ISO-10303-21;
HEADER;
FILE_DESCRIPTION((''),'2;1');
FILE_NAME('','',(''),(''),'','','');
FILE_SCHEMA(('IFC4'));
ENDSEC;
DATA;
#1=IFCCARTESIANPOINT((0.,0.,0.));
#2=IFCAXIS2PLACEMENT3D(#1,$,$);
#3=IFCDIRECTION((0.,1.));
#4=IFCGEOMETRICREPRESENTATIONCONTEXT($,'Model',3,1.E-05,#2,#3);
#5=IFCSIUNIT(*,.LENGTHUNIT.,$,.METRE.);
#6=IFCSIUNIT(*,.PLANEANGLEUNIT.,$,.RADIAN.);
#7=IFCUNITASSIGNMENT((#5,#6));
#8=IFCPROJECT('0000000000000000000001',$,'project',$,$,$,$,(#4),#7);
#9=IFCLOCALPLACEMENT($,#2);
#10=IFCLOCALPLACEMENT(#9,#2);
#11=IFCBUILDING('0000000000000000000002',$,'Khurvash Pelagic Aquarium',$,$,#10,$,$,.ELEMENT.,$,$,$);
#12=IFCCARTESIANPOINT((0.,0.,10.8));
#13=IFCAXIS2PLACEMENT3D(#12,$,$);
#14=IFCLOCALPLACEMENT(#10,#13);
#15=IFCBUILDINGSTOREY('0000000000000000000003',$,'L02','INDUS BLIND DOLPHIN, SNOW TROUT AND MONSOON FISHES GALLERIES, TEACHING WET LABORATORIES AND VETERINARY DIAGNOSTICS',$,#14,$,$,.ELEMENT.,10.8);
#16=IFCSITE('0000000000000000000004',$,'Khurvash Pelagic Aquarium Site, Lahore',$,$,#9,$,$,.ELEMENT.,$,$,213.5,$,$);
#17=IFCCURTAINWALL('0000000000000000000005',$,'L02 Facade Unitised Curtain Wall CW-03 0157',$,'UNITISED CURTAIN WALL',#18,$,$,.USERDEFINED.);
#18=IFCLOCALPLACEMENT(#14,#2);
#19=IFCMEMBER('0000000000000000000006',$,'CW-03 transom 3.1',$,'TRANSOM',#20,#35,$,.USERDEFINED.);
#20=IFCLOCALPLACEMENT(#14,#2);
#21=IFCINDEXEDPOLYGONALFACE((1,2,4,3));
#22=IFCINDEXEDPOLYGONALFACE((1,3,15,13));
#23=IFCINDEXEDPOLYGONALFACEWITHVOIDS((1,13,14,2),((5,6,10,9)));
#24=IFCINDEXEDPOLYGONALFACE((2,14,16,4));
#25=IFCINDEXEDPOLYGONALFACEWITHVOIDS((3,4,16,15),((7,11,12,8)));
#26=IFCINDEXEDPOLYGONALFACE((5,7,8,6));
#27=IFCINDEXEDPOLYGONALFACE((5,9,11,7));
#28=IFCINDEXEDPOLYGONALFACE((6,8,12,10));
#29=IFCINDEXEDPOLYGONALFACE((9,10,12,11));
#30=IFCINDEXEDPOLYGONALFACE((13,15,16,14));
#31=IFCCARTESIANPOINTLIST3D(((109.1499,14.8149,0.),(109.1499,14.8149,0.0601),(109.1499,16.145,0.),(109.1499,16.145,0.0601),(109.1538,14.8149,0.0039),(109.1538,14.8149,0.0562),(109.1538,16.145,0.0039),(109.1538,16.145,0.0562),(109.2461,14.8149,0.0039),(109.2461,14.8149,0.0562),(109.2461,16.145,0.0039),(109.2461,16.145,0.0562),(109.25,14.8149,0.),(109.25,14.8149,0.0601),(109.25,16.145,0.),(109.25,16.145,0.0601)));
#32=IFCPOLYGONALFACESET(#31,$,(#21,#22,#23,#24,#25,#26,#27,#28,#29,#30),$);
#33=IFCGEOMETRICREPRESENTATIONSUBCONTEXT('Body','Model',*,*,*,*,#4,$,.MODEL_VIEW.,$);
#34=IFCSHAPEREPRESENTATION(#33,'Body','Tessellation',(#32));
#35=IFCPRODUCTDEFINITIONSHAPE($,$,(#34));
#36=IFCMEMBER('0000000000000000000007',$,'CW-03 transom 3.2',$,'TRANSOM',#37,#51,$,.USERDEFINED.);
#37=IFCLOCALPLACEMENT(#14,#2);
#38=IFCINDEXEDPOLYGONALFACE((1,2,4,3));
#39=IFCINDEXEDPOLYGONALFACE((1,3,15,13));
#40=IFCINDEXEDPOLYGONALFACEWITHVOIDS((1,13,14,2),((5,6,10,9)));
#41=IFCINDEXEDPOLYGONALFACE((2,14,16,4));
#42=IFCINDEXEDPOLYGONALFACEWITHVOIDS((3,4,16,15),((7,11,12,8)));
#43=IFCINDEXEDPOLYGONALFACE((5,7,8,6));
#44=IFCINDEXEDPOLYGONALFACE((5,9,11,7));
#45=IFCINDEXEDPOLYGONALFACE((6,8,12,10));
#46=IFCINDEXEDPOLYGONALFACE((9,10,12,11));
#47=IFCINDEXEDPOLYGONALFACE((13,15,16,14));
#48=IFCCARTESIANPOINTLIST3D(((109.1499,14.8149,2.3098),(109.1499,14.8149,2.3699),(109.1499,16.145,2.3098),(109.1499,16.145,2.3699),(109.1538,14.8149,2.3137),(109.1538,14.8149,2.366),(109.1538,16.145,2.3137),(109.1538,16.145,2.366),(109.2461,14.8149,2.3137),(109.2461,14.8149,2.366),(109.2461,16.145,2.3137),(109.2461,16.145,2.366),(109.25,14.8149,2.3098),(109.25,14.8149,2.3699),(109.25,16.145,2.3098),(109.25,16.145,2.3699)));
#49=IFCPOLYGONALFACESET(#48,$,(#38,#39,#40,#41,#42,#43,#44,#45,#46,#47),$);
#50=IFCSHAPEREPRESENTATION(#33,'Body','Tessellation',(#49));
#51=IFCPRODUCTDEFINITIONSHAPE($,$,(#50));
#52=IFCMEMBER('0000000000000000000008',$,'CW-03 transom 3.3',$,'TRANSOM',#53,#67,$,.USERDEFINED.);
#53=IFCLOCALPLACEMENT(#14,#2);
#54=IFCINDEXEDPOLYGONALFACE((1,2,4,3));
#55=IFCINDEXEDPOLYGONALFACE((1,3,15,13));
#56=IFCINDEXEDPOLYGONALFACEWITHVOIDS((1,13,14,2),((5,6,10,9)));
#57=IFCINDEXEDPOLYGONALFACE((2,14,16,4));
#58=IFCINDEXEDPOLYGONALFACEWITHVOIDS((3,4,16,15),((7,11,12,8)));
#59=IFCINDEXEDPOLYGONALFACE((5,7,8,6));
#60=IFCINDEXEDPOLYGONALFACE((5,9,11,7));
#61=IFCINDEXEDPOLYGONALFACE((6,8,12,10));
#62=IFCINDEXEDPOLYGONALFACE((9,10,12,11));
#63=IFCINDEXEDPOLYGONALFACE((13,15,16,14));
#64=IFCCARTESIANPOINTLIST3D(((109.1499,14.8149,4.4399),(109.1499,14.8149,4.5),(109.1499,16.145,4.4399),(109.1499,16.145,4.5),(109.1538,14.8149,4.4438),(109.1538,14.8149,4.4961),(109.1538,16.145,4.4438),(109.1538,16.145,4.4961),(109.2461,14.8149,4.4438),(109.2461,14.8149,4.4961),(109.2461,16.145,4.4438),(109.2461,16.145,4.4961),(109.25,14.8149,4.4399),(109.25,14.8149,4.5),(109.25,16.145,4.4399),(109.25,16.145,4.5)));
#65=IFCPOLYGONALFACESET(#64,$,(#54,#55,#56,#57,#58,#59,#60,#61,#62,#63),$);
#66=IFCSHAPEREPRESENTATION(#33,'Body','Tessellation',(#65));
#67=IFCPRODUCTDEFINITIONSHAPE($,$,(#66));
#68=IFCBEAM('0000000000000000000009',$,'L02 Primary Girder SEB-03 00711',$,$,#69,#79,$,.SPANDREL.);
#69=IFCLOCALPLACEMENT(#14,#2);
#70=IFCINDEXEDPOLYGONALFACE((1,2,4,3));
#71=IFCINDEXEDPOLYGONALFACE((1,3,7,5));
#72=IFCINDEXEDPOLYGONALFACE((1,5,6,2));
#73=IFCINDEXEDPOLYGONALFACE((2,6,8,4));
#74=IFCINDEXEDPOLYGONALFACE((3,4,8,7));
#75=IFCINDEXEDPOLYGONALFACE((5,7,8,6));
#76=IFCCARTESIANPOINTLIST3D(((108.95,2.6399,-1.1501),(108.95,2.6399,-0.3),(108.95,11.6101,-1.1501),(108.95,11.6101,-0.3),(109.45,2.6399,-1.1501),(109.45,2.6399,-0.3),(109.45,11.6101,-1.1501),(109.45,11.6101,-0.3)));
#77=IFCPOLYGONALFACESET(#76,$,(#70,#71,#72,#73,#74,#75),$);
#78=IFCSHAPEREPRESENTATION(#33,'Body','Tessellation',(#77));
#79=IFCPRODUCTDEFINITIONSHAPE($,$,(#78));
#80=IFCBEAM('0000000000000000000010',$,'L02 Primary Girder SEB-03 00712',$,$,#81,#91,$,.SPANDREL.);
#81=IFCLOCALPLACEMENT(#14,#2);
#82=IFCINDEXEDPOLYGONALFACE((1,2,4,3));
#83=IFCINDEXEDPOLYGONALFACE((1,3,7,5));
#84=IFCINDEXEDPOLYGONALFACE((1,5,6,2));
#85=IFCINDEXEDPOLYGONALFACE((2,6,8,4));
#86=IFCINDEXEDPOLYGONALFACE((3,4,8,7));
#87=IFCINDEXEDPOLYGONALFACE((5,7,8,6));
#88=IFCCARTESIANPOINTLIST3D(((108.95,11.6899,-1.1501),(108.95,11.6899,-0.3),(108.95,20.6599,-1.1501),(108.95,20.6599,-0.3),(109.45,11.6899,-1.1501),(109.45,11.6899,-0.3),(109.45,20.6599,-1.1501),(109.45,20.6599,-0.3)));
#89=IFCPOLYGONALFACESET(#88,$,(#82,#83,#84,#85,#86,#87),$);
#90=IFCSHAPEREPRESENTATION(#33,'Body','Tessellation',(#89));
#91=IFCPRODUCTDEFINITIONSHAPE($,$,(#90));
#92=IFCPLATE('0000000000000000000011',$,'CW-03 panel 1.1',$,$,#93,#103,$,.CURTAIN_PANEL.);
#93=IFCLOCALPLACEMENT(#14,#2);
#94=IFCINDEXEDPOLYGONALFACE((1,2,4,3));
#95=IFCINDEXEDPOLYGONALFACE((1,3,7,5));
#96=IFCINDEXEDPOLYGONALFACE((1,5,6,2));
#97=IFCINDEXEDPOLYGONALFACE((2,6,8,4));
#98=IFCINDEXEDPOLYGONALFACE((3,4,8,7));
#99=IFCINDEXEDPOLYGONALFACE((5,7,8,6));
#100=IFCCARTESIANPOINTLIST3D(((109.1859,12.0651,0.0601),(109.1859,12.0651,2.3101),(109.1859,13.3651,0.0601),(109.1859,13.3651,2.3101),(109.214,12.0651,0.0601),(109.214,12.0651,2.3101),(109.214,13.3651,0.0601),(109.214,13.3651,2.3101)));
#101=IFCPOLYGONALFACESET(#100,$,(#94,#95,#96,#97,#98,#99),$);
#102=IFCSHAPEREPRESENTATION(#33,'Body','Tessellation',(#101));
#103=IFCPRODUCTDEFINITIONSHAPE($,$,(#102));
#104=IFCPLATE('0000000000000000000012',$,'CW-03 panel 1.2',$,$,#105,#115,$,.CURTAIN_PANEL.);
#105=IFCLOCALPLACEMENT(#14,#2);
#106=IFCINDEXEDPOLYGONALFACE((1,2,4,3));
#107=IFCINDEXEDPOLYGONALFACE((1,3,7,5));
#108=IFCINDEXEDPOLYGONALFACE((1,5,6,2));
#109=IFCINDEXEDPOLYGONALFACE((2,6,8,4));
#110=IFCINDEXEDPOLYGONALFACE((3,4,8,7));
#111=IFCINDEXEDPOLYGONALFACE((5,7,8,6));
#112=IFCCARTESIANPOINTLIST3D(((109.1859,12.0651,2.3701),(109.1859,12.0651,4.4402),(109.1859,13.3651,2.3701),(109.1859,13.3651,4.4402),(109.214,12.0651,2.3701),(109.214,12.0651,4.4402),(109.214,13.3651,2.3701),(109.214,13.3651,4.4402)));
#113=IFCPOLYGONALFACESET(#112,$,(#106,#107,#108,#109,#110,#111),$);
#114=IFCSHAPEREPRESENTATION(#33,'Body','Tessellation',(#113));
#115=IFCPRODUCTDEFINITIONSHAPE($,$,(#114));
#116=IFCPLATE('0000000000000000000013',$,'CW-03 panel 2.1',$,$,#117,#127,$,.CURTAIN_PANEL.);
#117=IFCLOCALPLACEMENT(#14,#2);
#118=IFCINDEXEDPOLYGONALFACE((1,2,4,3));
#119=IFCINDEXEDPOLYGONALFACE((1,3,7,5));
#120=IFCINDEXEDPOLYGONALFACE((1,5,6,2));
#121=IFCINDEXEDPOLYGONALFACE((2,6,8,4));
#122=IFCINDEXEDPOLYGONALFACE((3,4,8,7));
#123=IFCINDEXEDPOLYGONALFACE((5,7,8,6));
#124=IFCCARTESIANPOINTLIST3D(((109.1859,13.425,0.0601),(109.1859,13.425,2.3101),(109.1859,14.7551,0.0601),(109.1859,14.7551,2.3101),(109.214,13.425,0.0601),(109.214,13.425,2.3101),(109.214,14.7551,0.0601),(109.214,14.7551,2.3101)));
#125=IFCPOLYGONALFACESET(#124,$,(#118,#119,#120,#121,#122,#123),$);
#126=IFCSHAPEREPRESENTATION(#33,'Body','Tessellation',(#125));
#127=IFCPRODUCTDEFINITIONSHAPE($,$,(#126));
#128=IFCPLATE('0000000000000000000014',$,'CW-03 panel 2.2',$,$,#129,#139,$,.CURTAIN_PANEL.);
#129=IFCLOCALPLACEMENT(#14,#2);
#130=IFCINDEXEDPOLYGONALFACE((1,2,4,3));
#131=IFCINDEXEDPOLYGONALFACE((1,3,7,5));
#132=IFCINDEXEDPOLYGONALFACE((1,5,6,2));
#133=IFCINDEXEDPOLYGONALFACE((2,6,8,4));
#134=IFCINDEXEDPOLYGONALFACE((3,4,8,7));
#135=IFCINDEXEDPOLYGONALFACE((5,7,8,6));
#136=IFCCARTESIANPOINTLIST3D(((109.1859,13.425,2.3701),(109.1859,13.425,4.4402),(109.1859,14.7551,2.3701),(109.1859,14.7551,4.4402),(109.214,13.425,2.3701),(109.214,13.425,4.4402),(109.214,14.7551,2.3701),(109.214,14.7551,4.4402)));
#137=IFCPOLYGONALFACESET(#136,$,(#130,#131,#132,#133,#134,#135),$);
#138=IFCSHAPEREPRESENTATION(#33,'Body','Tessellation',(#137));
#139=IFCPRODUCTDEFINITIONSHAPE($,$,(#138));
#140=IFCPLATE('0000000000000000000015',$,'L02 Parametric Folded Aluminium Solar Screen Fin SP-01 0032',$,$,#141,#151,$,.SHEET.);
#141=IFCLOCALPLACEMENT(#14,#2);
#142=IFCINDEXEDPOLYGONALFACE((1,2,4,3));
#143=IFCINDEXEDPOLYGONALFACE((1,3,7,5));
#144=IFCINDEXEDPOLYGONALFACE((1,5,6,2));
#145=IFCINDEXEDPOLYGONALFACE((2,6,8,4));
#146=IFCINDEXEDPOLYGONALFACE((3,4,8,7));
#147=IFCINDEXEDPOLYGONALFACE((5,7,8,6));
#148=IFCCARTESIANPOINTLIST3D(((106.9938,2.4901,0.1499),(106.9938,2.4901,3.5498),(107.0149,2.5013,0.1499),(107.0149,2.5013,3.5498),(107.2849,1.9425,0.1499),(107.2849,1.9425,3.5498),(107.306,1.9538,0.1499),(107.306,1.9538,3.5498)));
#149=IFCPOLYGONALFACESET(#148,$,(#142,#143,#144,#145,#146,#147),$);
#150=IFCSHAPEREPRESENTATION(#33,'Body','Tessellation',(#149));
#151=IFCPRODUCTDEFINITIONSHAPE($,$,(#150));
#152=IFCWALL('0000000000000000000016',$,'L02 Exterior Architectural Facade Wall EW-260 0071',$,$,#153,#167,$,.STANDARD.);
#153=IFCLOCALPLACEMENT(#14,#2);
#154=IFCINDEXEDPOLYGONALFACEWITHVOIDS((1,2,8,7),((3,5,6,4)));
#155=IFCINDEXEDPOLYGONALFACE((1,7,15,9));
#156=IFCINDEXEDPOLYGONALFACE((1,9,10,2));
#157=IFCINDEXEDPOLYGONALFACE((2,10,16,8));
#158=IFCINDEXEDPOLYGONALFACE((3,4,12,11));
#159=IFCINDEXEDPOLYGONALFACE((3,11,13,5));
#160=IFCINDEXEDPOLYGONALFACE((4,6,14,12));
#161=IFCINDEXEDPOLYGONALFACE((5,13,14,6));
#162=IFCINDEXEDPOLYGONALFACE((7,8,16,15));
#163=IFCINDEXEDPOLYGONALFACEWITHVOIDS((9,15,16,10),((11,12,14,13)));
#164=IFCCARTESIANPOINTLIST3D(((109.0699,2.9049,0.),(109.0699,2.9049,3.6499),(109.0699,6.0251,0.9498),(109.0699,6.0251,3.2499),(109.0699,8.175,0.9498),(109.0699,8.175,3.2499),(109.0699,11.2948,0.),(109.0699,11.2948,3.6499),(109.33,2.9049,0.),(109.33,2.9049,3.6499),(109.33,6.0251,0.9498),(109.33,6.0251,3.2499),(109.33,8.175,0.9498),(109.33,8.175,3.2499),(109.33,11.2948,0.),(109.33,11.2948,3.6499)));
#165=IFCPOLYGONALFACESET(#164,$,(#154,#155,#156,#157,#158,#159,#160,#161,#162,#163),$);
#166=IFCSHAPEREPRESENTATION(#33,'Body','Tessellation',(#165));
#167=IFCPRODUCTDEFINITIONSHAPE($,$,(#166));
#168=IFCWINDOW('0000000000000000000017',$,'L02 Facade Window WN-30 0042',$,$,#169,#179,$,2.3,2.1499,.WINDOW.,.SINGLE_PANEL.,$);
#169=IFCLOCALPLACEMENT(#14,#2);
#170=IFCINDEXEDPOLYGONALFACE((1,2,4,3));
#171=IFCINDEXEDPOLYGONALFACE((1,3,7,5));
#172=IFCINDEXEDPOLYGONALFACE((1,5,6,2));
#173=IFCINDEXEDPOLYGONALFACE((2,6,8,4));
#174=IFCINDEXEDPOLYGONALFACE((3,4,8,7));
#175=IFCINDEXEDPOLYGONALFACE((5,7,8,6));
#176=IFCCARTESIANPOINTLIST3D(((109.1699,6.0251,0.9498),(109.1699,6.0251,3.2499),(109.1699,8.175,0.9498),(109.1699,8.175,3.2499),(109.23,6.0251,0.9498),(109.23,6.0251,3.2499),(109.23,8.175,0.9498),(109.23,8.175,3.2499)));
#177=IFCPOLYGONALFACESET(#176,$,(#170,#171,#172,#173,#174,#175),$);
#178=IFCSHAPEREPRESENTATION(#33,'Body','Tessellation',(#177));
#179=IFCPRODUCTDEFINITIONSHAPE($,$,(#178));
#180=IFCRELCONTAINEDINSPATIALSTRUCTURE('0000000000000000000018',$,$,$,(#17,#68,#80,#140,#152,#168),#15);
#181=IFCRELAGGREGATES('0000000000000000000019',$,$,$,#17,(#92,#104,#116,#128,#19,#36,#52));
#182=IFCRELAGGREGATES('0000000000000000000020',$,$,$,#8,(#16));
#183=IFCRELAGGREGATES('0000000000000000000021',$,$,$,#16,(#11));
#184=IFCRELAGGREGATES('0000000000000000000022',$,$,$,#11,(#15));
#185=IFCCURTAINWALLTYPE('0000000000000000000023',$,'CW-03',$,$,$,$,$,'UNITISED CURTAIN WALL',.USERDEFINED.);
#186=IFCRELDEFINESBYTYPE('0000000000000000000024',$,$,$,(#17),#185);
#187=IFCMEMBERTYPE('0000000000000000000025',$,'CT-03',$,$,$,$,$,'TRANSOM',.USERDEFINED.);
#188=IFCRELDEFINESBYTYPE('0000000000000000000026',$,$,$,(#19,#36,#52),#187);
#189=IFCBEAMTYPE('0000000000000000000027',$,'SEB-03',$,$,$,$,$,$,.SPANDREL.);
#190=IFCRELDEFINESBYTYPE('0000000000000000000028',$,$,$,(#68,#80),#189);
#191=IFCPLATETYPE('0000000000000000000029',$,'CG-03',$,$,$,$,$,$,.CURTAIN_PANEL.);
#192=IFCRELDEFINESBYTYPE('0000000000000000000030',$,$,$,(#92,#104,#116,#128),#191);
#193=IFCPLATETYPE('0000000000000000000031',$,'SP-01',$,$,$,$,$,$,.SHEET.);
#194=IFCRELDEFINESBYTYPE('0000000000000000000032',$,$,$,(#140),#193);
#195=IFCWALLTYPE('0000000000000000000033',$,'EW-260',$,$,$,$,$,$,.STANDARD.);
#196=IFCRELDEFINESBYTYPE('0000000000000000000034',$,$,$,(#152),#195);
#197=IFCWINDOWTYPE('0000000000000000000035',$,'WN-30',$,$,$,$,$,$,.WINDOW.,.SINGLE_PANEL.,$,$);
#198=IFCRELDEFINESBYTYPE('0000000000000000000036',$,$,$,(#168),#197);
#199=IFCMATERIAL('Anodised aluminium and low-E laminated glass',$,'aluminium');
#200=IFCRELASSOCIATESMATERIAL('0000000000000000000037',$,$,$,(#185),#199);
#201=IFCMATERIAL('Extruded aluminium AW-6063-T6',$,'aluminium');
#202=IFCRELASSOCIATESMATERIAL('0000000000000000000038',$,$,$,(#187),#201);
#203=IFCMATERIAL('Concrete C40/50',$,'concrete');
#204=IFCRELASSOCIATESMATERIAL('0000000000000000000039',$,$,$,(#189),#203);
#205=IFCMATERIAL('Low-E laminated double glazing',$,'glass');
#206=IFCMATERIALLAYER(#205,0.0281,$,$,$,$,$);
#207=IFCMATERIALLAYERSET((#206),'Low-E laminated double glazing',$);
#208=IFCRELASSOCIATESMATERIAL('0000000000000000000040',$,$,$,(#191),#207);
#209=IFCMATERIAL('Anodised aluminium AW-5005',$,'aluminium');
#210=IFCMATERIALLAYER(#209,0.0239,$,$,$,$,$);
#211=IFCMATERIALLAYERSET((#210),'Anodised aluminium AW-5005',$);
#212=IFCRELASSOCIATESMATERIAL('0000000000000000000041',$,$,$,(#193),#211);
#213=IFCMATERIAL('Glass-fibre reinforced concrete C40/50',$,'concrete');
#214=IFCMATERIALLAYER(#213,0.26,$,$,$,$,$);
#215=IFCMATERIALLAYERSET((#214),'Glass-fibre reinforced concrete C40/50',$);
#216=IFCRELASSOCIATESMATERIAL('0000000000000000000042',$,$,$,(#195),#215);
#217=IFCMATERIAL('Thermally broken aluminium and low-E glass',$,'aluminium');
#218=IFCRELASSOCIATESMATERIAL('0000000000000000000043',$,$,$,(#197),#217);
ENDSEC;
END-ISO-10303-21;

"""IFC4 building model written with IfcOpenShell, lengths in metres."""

from ifc_helpers import new_model, si_unit, direction, frame, frame_2d, origin, origin_2d, place, context, subcontext, project, spatial, rectangle, hollow_rectangle, extrude, material, layer, layer_set, material_profile, profile_set, type_object, element, fill, aggregate, save


model = new_model("IFC4")

# Units and contexts
model_context = context("Model", 3, precision=1e-05, world=origin(), true_north=direction((0.0, 1.0)))
body_context = subcontext(model_context, "Body", "Model", "MODEL_VIEW")
ifc_project = project(units=[si_unit("LENGTHUNIT", "METRE"), si_unit("PLANEANGLEUNIT", "RADIAN")], contexts=[model_context])

# Site, building, storey
site_placement = place(None, origin())
site = spatial("IfcSite", under=ifc_project, at=site_placement, Name="Khurvash Pelagic Aquarium Site, Lahore", CompositionType="ELEMENT", RefElevation=213.5)
building_placement = place(site_placement, origin())
building = spatial("IfcBuilding", under=site, at=building_placement, Name="Khurvash Pelagic Aquarium", CompositionType="ELEMENT")
storey_placement = place(building_placement, frame((0.0, 0.0, 10.8)))
storey = spatial("IfcBuildingStorey", under=building, at=storey_placement, Name="L02", Description="INDUS BLIND DOLPHIN, SNOW TROUT AND MONSOON FISHES GALLERIES, TEACHING WET LABORATORIES AND VETERINARY DIAGNOSTICS", CompositionType="ELEMENT", Elevation=10.8)

# Shared definitions
ifc_material_1 = material(Name="Concrete C40/50", Category="concrete")

# Curtain wall, members
ifc_material_2 = material(Name="Anodised aluminium and low-E laminated glass", Category="aluminium")
curtain_wall_type = type_object("IfcCurtainWallType", Name="CW-03", ElementType="UNITISED CURTAIN WALL", PredefinedType="USERDEFINED", material=ifc_material_2)
curtain_wall_placement = place(storey_placement, origin())
curtain_wall = element("IfcCurtainWall", 1, at=curtain_wall_placement, inside=storey, type_object=curtain_wall_type, Name="L02 Facade Unitised Curtain Wall CW-03 0157", ObjectType="UNITISED CURTAIN WALL", PredefinedType="USERDEFINED")
ifc_material_3 = material(Name="Extruded aluminium AW-6063-T6", Category="aluminium")
ifc_material_profile_1 = material_profile(ifc_material_3, hollow_rectangle(XDim=0.1001, YDim=0.0601, WallThickness=0.0039, at=origin_2d()), Name="CWT100X60X4")
ifc_profile_set_1 = profile_set([ifc_material_profile_1], Name="Extruded aluminium AW-6063-T6")
member_type_1 = type_object("IfcMemberType", Name="CT-03", ElementType="TRANSOM", PredefinedType="USERDEFINED", material=ifc_profile_set_1)
member_1_placement = place(storey_placement, frame((109.2, 14.8149, 0.03), z_axis=(0.0, 1.0, 0.0), x_axis=(-1.0, 0.0, 0.0)))
member_1 = element("IfcMember", 2, at=member_1_placement, type_object=member_type_1, Name="CW-03 transom 3.1", ObjectType="TRANSOM", PredefinedType="USERDEFINED", context=body_context, shape_type="SweptSolid", body=[
    extrude(hollow_rectangle(XDim=0.1001, YDim=0.0601, WallThickness=0.0039, at=origin_2d()), origin(), (0.0, 0.0, 1.0), 1.3301),
])
member_2_placement = place(storey_placement, frame((109.2, 14.8149, 2.3398), z_axis=(0.0, 1.0, 0.0), x_axis=(-1.0, 0.0, 0.0)))
member_2 = element("IfcMember", 3, at=member_2_placement, type_object=member_type_1, Name="CW-03 transom 3.2", ObjectType="TRANSOM", PredefinedType="USERDEFINED", context=body_context, shape_type="SweptSolid", body=[
    extrude(hollow_rectangle(XDim=0.1001, YDim=0.0601, WallThickness=0.0039, at=origin_2d()), origin(), (0.0, 0.0, 1.0), 1.3301),
])
member_3_placement = place(storey_placement, frame((109.2, 14.8149, 4.47), z_axis=(0.0, 1.0, 0.0), x_axis=(-1.0, 0.0, 0.0)))
member_3 = element("IfcMember", 4, at=member_3_placement, type_object=member_type_1, Name="CW-03 transom 3.3", ObjectType="TRANSOM", PredefinedType="USERDEFINED", context=body_context, shape_type="SweptSolid", body=[
    extrude(hollow_rectangle(XDim=0.1001, YDim=0.0601, WallThickness=0.0039, at=origin_2d()), origin(), (0.0, 0.0, 1.0), 1.3301),
])

# Beams
ifc_material_profile_2 = material_profile(ifc_material_1, rectangle(XDim=0.5, YDim=0.8501, at=origin_2d()), Name="RC500X850")
ifc_profile_set_2 = profile_set([ifc_material_profile_2], Name="Concrete C40/50")
beam_type = type_object("IfcBeamType", Name="SEB-03", PredefinedType="SPANDREL", material=ifc_profile_set_2)
beam_1_placement = place(storey_placement, frame((109.2, 2.6399, -0.7251), z_axis=(0.0, 1.0, 0.0), x_axis=(-1.0, 0.0, 0.0)))
element("IfcBeam", 5, at=beam_1_placement, inside=storey, type_object=beam_type, Name="L02 Primary Girder SEB-03 00711", PredefinedType="SPANDREL", context=body_context, shape_type="SweptSolid", body=[
    extrude(rectangle(XDim=0.5, YDim=0.8501, at=origin_2d()), origin(), (0.0, 0.0, 1.0), 8.9702),
])
beam_2_placement = place(storey_placement, frame((109.2, 11.6899, -0.7251), z_axis=(0.0, 1.0, 0.0), x_axis=(-1.0, 0.0, 0.0)))
element("IfcBeam", 6, at=beam_2_placement, inside=storey, type_object=beam_type, Name="L02 Primary Girder SEB-03 00712", PredefinedType="SPANDREL", context=body_context, shape_type="SweptSolid", body=[
    extrude(rectangle(XDim=0.5, YDim=0.8501, at=origin_2d()), origin(), (0.0, 0.0, 1.0), 8.97),
])

# Plates
ifc_material_4 = material(Name="Low-E laminated double glazing", Category="glass")
ifc_layer_1 = layer(ifc_material_4, 0.0281)
ifc_layer_set_1 = layer_set([ifc_layer_1], Name="Low-E laminated double glazing")
plate_type_1 = type_object("IfcPlateType", Name="CG-03", PredefinedType="CURTAIN_PANEL", material=ifc_layer_set_1)
plate_1_placement = place(storey_placement, frame((109.2, 12.7151, 0.0601), z_axis=(0.0, 0.0, 1.0), x_axis=(0.0, 1.0, 0.0)))
plate_1 = element("IfcPlate", 7, at=plate_1_placement, type_object=plate_type_1, Name="CW-03 panel 1.1", PredefinedType="CURTAIN_PANEL", context=body_context, shape_type="SweptSolid", body=[
    extrude(rectangle(XDim=1.3, YDim=0.0281, at=origin_2d()), origin(), (0.0, 0.0, 1.0), 2.25),
])
plate_2_placement = place(storey_placement, frame((109.2, 12.7151, 2.3701), z_axis=(0.0, 0.0, 1.0), x_axis=(0.0, 1.0, 0.0)))
plate_2 = element("IfcPlate", 8, at=plate_2_placement, type_object=plate_type_1, Name="CW-03 panel 1.2", PredefinedType="CURTAIN_PANEL", context=body_context, shape_type="SweptSolid", body=[
    extrude(rectangle(XDim=1.3, YDim=0.0281, at=origin_2d()), origin(), (0.0, 0.0, 1.0), 2.0701),
])
plate_3_placement = place(storey_placement, frame((109.2, 14.0901, 0.0601), z_axis=(0.0, 0.0, 1.0), x_axis=(0.0, 1.0, 0.0)))
plate_3 = element("IfcPlate", 9, at=plate_3_placement, type_object=plate_type_1, Name="CW-03 panel 2.1", PredefinedType="CURTAIN_PANEL", context=body_context, shape_type="SweptSolid", body=[
    extrude(rectangle(XDim=1.3301, YDim=0.0281, at=origin_2d()), origin(), (0.0, 0.0, 1.0), 2.25),
])
plate_4_placement = place(storey_placement, frame((109.2, 14.0901, 2.3701), z_axis=(0.0, 0.0, 1.0), x_axis=(0.0, 1.0, 0.0)))
plate_4 = element("IfcPlate", 10, at=plate_4_placement, type_object=plate_type_1, Name="CW-03 panel 2.2", PredefinedType="CURTAIN_PANEL", context=body_context, shape_type="SweptSolid", body=[
    extrude(rectangle(XDim=1.3301, YDim=0.0281, at=origin_2d()), origin(), (0.0, 0.0, 1.0), 2.0701),
])
aggregate(curtain_wall, [plate_1, plate_2, plate_3, plate_4, member_1, member_2, member_3])
ifc_material_5 = material(Name="Anodised aluminium AW-5005", Category="aluminium")
ifc_layer_2 = layer(ifc_material_5, 0.0239)
ifc_layer_set_2 = layer_set([ifc_layer_2], Name="Anodised aluminium AW-5005")
plate_type_2 = type_object("IfcPlateType", Name="SP-01", PredefinedType="SHEET", material=ifc_layer_set_2)
plate_5_placement = place(storey_placement, frame((107.1499, 2.2219, 0.1499), z_axis=(0.0, 0.0, 1.0), x_axis=(0.469472, -0.882948, 0.0)))
element("IfcPlate", 11, at=plate_5_placement, inside=storey, type_object=plate_type_2, Name="L02 Parametric Folded Aluminium Solar Screen Fin SP-01 0032", PredefinedType="SHEET", context=body_context, shape_type="SweptSolid", body=[
    extrude(rectangle(XDim=0.6201, YDim=0.0239, at=origin_2d()), origin(), (0.0, 0.0, 1.0), 3.3999),
])

# Wall, opening, window
ifc_material_6 = material(Name="Glass-fibre reinforced concrete C40/50", Category="concrete")
ifc_layer_3 = layer(ifc_material_6, 0.26)
ifc_layer_set_3 = layer_set([ifc_layer_3], Name="Glass-fibre reinforced concrete C40/50")
wall_type = type_object("IfcWallType", Name="EW-260", PredefinedType="STANDARD", material=ifc_layer_set_3)
wall_placement = place(storey_placement, frame((109.2, 2.905, 0.0), z_axis=(0.0, 0.0, 1.0), x_axis=(0.0, 1.0, 0.0)))
wall = element("IfcWall", 12, at=wall_placement, inside=storey, type_object=wall_type, Name="L02 Exterior Architectural Facade Wall EW-260 0071", PredefinedType="STANDARD", context=body_context, shape_type="SweptSolid", body=[
    extrude(rectangle(XDim=8.3899, YDim=0.26, at=frame_2d((4.1948, 0.0))), origin(), (0.0, 0.0, 1.0), 3.6499),
])
opening_placement = place(wall_placement, frame((3.1201, 0.0, 0.95)))
opening = element("IfcOpeningElement", 13, at=opening_placement, cuts=wall, PredefinedType="OPENING", context=body_context, shape_type="SweptSolid", body=[
    extrude(rectangle(XDim=2.1499, YDim=2.3, at=frame_2d((1.075, 1.1499))), frame((0.0, 0.1401, 0.0), z_axis=(0.0, -1.0, 0.0), x_axis=(1.0, 0.0, 0.0)), (0.0, 0.0, 1.0), 0.28),
])
ifc_material_7 = material(Name="Thermally broken aluminium and low-E glass", Category="aluminium")
window_type = type_object("IfcWindowType", Name="WN-30", PartitioningType="SINGLE_PANEL", PredefinedType="WINDOW", material=ifc_material_7)
window_placement = place(opening_placement, origin())
window = element("IfcWindow", 14, at=window_placement, inside=storey, type_object=window_type, Name="L02 Facade Window WN-30 0042", OverallHeight=2.3, OverallWidth=2.1499, PartitioningType="SINGLE_PANEL", PredefinedType="WINDOW", context=body_context, shape_type="SweptSolid", body=[
    extrude(rectangle(XDim=2.1499, YDim=2.3, at=frame_2d((1.075, 1.1499))), frame((0.0, 0.03, 0.0), z_axis=(0.0, -1.0, 0.0), x_axis=(1.0, 0.0, 0.0)), (0.0, 0.0, 1.0), 0.0601),
])
fill(opening, window)

save(model, "model.ifc")
